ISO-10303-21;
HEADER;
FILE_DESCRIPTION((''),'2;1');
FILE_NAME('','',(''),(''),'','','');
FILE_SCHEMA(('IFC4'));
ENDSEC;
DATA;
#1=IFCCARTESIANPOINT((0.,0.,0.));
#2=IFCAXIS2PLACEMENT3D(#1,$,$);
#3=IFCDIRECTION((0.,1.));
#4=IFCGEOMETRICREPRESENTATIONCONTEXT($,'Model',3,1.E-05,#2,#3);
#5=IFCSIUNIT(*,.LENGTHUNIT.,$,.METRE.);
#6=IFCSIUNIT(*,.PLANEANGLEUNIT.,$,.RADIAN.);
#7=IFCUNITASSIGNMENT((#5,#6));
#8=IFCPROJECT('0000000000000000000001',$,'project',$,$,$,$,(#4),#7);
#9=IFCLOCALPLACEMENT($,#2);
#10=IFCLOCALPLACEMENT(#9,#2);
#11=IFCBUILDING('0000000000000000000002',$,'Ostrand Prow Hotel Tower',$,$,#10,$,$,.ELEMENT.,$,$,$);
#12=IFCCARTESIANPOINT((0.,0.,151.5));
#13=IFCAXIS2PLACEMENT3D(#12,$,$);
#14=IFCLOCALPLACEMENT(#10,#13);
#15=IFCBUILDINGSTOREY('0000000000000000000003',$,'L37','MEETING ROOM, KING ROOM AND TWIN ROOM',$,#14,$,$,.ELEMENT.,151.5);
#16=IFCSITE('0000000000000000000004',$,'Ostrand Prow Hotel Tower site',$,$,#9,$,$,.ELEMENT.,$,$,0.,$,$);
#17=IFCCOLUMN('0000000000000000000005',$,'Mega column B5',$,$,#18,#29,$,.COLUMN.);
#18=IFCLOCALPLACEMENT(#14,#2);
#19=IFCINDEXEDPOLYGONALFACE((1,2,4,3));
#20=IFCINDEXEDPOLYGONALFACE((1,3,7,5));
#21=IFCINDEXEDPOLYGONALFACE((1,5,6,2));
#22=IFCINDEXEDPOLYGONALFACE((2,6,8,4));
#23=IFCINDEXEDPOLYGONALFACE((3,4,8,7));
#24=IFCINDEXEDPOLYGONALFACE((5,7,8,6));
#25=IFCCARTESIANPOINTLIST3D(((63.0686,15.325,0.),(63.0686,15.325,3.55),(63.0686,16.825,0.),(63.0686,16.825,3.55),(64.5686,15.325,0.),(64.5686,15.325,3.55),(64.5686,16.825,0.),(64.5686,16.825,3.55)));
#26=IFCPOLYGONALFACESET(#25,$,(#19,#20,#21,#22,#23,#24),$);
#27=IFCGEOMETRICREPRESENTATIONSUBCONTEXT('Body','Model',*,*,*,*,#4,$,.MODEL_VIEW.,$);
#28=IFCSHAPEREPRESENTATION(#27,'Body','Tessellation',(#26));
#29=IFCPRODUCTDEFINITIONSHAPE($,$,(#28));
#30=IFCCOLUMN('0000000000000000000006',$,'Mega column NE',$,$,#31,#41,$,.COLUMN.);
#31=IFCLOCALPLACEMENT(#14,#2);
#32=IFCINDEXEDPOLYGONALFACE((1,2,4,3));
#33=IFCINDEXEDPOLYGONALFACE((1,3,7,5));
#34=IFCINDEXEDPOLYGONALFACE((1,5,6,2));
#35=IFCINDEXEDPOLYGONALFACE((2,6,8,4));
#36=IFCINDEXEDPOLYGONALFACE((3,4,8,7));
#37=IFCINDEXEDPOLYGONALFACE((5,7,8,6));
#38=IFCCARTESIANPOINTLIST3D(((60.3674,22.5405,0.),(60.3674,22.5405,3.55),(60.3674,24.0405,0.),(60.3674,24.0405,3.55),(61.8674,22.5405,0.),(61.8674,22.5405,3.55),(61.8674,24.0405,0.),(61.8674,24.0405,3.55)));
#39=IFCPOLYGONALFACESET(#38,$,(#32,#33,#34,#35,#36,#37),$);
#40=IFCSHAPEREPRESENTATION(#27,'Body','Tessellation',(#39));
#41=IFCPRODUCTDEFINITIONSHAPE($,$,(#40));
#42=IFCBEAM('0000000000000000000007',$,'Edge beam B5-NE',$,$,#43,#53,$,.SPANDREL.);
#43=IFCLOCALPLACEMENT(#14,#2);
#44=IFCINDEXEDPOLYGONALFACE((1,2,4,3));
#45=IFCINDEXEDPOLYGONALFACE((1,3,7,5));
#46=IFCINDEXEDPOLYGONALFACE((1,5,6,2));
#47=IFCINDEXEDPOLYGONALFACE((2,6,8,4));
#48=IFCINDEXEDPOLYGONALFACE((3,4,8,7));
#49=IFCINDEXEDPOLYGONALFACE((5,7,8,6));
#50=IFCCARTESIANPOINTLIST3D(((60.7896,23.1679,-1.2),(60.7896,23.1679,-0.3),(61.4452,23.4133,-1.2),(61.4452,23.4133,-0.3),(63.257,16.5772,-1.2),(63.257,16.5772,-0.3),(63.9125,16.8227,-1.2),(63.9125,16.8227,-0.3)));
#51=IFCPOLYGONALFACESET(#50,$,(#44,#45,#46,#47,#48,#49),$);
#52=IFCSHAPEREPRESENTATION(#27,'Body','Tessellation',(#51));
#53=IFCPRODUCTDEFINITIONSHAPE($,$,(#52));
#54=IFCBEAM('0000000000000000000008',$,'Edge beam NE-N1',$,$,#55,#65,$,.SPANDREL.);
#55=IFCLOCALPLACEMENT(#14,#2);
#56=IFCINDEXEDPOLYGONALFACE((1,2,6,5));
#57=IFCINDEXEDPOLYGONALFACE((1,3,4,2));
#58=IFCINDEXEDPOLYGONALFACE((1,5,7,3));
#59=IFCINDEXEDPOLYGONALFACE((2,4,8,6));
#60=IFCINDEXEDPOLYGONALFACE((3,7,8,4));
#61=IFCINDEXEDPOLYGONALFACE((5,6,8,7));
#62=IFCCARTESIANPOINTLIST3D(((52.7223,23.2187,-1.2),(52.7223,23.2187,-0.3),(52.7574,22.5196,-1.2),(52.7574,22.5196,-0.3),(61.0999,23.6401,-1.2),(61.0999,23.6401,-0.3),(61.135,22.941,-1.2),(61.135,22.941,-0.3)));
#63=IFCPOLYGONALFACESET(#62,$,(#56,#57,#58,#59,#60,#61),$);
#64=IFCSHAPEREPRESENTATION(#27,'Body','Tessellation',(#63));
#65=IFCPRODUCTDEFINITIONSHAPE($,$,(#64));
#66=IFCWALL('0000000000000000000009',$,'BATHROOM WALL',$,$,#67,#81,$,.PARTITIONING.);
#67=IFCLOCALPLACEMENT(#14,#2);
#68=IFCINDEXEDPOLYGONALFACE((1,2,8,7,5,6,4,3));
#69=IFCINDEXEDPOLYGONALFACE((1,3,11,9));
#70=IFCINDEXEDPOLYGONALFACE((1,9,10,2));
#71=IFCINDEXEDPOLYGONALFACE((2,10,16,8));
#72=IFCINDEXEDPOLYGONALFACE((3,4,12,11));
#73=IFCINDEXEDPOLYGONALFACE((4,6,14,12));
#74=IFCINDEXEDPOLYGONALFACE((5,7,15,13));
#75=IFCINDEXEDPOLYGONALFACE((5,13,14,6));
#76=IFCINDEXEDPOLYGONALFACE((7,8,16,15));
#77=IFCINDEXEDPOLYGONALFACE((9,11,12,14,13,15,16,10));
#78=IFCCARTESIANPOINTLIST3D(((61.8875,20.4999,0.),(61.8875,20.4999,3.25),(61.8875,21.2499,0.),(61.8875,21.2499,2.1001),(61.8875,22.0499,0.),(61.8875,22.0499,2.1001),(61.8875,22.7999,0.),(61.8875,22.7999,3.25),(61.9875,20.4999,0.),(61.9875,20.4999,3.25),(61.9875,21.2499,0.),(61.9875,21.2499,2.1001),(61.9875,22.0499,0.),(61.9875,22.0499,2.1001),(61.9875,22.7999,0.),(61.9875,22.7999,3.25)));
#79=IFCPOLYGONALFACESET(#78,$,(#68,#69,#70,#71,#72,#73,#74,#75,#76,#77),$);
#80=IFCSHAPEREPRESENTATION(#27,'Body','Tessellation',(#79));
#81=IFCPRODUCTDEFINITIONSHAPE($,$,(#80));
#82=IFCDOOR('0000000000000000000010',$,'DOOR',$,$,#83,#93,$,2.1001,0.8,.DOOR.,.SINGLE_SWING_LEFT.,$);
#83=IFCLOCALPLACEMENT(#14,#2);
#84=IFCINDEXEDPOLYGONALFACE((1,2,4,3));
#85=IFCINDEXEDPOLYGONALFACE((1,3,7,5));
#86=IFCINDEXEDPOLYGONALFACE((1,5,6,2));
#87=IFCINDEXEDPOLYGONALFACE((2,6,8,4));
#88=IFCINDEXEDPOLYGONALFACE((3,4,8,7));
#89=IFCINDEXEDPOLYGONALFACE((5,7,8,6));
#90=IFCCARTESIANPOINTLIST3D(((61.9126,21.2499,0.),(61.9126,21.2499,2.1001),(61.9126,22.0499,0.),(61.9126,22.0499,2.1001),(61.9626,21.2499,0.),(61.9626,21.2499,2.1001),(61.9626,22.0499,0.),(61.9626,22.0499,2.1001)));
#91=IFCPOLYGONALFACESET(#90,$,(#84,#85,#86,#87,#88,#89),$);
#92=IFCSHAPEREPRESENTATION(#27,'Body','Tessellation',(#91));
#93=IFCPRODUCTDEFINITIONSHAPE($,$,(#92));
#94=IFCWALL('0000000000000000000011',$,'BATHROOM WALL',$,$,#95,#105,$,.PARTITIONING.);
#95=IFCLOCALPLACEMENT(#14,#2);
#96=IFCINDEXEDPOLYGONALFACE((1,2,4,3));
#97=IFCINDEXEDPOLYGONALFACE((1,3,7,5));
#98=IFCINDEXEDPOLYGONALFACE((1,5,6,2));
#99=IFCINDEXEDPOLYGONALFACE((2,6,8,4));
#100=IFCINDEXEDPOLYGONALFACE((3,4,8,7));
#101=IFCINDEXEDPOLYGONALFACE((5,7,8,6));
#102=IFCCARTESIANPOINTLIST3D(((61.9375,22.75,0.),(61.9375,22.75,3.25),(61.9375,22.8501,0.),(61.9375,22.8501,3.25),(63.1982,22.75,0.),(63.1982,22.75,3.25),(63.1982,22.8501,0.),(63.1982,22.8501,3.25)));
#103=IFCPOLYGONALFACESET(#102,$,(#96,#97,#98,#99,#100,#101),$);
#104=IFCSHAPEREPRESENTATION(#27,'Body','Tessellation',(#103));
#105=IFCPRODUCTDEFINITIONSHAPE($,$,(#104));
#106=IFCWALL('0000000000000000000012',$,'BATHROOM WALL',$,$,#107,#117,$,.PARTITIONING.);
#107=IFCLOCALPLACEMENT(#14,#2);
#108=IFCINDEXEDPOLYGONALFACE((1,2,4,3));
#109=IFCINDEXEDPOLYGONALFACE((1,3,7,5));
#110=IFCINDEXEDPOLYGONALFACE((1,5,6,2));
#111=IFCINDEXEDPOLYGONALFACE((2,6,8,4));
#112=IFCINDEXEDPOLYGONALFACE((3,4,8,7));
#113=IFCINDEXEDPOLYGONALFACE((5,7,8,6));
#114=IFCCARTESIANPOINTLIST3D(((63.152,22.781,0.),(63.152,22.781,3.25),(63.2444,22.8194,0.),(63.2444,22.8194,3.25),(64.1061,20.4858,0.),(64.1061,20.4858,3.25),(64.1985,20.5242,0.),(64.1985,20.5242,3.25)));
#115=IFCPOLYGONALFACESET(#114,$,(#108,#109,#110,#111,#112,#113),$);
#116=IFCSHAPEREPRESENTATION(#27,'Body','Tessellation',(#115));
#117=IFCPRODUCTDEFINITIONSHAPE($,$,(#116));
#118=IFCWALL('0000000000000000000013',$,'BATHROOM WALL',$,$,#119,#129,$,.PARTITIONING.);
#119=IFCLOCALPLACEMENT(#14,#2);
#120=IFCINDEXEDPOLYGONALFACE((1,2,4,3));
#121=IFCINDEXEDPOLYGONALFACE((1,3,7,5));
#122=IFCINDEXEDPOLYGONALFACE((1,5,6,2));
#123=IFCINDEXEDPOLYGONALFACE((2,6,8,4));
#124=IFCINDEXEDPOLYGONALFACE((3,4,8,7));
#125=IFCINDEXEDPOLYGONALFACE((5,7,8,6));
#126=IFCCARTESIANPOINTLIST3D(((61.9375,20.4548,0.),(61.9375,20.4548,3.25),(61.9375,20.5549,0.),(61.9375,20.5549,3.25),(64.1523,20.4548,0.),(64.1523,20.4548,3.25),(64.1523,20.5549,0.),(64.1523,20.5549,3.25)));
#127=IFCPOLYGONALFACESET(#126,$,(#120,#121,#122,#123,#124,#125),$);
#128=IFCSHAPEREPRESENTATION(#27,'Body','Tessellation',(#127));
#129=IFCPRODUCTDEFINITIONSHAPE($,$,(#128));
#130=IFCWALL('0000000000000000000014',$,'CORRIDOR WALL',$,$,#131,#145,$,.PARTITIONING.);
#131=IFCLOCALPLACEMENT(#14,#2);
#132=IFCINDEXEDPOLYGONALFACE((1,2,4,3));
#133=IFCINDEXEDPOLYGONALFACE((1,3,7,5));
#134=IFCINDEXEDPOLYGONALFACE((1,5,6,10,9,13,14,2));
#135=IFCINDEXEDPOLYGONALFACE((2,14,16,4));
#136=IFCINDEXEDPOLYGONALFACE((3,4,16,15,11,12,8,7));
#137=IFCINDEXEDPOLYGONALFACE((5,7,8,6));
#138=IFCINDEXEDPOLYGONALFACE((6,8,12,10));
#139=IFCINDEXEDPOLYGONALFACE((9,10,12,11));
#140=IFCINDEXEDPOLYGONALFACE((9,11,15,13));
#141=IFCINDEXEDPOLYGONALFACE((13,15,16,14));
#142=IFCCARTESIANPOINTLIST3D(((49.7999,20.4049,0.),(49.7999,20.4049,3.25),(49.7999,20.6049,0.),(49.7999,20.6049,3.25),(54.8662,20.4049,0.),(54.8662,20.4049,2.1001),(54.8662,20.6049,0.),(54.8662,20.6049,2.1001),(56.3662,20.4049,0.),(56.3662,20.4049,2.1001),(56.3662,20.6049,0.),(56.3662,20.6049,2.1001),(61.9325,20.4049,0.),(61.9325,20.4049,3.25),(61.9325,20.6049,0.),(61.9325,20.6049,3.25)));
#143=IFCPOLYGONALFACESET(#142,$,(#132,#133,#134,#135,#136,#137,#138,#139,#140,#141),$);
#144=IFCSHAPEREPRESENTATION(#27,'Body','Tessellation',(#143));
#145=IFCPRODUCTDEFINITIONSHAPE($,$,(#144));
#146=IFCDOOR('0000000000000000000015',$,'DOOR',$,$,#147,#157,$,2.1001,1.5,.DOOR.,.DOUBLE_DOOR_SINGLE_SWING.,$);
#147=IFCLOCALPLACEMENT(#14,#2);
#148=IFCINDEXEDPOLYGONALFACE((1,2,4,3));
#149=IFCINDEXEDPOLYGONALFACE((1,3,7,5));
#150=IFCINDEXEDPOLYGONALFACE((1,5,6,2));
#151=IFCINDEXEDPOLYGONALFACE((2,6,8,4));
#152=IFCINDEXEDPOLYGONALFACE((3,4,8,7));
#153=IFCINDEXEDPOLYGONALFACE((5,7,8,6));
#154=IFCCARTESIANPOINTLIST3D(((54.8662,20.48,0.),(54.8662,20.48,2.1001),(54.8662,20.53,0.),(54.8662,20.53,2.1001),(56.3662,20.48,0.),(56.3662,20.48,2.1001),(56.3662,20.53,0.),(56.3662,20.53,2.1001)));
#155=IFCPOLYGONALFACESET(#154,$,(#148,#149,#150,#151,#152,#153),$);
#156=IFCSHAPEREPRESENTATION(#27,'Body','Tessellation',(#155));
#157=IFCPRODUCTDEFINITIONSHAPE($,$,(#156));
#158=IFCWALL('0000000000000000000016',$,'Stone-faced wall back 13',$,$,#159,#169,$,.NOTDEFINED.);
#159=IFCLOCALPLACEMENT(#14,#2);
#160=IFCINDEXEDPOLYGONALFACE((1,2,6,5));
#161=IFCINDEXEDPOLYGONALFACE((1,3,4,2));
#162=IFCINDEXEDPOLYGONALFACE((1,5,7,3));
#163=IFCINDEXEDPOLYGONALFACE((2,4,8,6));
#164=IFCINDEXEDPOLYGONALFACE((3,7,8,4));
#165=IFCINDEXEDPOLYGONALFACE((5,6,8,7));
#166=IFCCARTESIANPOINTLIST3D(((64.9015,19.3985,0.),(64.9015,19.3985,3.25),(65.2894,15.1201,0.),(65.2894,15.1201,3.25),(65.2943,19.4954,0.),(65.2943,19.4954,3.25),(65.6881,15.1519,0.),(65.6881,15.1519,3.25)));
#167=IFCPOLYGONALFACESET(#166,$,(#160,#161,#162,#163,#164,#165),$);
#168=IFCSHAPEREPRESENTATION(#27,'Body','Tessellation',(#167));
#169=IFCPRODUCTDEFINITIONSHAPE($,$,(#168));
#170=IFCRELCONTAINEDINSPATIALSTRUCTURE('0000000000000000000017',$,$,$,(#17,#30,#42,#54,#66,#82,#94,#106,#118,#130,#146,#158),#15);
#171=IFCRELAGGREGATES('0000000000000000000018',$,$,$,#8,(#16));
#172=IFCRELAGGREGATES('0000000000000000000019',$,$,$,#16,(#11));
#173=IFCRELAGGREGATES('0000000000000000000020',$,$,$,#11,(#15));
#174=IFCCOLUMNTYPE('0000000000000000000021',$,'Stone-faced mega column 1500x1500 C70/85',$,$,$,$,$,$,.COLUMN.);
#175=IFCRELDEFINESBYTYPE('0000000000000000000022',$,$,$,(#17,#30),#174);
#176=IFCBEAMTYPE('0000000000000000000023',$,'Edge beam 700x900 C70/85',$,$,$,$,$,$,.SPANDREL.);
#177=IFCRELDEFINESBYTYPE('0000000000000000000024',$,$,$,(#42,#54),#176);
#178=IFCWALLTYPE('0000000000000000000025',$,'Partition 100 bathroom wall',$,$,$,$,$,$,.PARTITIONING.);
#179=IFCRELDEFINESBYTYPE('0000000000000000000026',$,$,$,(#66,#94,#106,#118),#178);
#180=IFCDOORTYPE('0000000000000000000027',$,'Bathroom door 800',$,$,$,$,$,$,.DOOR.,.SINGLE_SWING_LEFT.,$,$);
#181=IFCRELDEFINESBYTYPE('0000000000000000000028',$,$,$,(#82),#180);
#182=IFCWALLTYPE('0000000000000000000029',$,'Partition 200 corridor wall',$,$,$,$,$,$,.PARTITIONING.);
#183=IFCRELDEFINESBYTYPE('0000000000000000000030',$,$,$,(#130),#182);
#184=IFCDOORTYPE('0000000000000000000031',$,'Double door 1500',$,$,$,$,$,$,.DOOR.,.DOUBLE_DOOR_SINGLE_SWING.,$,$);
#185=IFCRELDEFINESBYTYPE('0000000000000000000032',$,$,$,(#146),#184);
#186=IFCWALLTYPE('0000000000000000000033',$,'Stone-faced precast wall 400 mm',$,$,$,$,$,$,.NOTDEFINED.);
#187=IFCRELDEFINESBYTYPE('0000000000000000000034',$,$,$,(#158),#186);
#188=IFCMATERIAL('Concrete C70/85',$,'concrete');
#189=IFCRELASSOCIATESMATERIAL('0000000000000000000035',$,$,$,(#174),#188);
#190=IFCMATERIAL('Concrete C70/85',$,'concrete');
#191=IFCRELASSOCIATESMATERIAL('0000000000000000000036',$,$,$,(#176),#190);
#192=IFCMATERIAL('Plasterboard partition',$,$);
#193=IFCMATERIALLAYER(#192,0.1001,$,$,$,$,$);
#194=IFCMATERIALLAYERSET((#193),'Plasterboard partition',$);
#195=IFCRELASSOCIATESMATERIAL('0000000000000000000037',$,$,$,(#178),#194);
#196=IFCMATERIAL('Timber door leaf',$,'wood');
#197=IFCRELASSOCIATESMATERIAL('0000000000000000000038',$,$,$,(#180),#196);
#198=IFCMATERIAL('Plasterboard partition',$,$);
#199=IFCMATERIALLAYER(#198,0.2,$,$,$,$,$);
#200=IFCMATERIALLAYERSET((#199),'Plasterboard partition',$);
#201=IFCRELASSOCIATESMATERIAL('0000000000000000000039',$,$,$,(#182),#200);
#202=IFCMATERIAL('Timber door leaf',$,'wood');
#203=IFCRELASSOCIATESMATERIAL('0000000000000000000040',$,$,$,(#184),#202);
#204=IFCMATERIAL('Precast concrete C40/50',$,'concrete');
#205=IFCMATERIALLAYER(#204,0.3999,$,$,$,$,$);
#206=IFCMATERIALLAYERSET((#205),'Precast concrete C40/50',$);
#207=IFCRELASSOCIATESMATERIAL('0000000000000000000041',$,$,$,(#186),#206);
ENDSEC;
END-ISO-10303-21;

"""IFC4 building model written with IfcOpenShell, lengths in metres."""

from ifc_helpers import new_model, si_unit, direction, frame, frame_2d, origin, origin_2d, place, context, subcontext, project, spatial, polyline, rectangle, outline, extrude, material, layer, layer_set, material_profile, profile_set, type_object, element, fill, save


model = new_model("IFC4")

# Units and contexts
model_context = context("Model", 3, precision=1e-05, world=origin(), true_north=direction((0.0, 1.0)))
body_context = subcontext(model_context, "Body", "Model", "MODEL_VIEW")
ifc_project = project(units=[si_unit("LENGTHUNIT", "METRE"), si_unit("PLANEANGLEUNIT", "RADIAN")], contexts=[model_context])

# Site, building, storey
site_placement = place(None, origin())
site = spatial("IfcSite", under=ifc_project, at=site_placement, Name="Ostrand Prow Hotel Tower site", CompositionType="ELEMENT", RefElevation=0.0)
building_placement = place(site_placement, origin())
building = spatial("IfcBuilding", under=site, at=building_placement, Name="Ostrand Prow Hotel Tower", CompositionType="ELEMENT")
storey_placement = place(building_placement, frame((0.0, 0.0, 151.5)))
storey = spatial("IfcBuildingStorey", under=building, at=storey_placement, Name="L37", Description="MEETING ROOM, KING ROOM AND TWIN ROOM", CompositionType="ELEMENT", Elevation=151.5)

# Columns
ifc_material_1 = material(Name="Concrete C70/85", Category="concrete")
ifc_material_profile_1 = material_profile(ifc_material_1, rectangle(XDim=1.5, YDim=1.5, at=origin_2d()), Name="RC 1500x1500")
ifc_profile_set_1 = profile_set([ifc_material_profile_1], Name="Concrete C70/85")
column_type = type_object("IfcColumnType", Name="Stone-faced mega column 1500x1500 C70/85", PredefinedType="COLUMN", material=ifc_profile_set_1)
for number, where, z_axis, x_axis, name in (
    (1, (63.8186, 16.075, 0.0), (0.0, 0.0, 1.0), (1.0, 0.0, 0.0), "Mega column B5"),
    (2, (61.1174, 23.2905, 0.0), (0.0, 0.0, 1.0), (1.0, 0.0, 0.0), "Mega column NE"),
):
    element("IfcColumn", number, at=place(storey_placement, frame(where, z_axis=z_axis, x_axis=x_axis)), inside=storey, type_object=column_type, Name=name, PredefinedType="COLUMN", context=body_context, shape_type="SweptSolid", body=[
        extrude(rectangle(XDim=1.5, YDim=1.5, at=origin_2d()), origin(), (0.0, 0.0, 1.0), 3.55),
    ])

# Beams
ifc_material_2 = material(Name="Concrete C70/85", Category="concrete")
ifc_material_profile_2 = material_profile(ifc_material_2, rectangle(XDim=0.7, YDim=0.8999, at=origin_2d()), Name="RC 700x900")
ifc_profile_set_2 = profile_set([ifc_material_profile_2], Name="Concrete C70/85")
beam_type = type_object("IfcBeamType", Name="Edge beam 700x900 C70/85", PredefinedType="SPANDREL", material=ifc_profile_set_2)
beam_1_placement = place(storey_placement, frame((63.5847, 16.7, -0.75), z_axis=(-0.350603, 0.936524, 0.0), x_axis=(-0.936524, -0.350603, 0.0)))
element("IfcBeam", 3, at=beam_1_placement, inside=storey, type_object=beam_type, Name="Edge beam B5-NE", PredefinedType="SPANDREL", context=body_context, shape_type="SweptSolid", body=[
    extrude(rectangle(XDim=0.7, YDim=0.8999, at=origin_2d()), origin(), (0.0, 0.0, 1.0), 7.0374),
])
beam_2_placement = place(storey_placement, frame((61.1174, 23.2905, -0.75), z_axis=(-0.998737, -0.050235, 0.0), x_axis=(0.050235, -0.998737, 0.0)))
element("IfcBeam", 4, at=beam_2_placement, inside=storey, type_object=beam_type, Name="Edge beam NE-N1", PredefinedType="SPANDREL", context=body_context, shape_type="SweptSolid", body=[
    extrude(rectangle(XDim=0.7, YDim=0.8999, at=origin_2d()), origin(), (0.0, 0.0, 1.0), 8.3882),
])

# Wall, opening, door
ifc_material_3 = material(Name="Plasterboard partition")
ifc_layer_1 = layer(ifc_material_3, 0.1001)
ifc_layer_set_1 = layer_set([ifc_layer_1], Name="Plasterboard partition")
wall_type_1 = type_object("IfcWallType", Name="Partition 100 bathroom wall", PredefinedType="PARTITIONING", material=ifc_layer_set_1)
wall_1_placement = place(storey_placement, frame((61.9375, 20.5, 0.0), z_axis=(0.0, 0.0, 1.0), x_axis=(0.0, 1.0, 0.0)))
wall_1 = element("IfcWall", 5, at=wall_1_placement, inside=storey, type_object=wall_type_1, Name="BATHROOM WALL", PredefinedType="PARTITIONING", context=body_context, shape_type="SweptSolid", body=[
    extrude(rectangle(XDim=2.3, YDim=0.1001, at=frame_2d((1.1499, 0.0))), origin(), (0.0, 0.0, 1.0), 3.25),
])
opening_1_placement = place(wall_1_placement, frame((0.75, 0.0, 0.0)))
opening_1 = element("IfcOpeningElement", 6, at=opening_1_placement, cuts=wall_1, PredefinedType="OPENING", context=body_context, shape_type="SweptSolid", body=[
    extrude(rectangle(XDim=0.8, YDim=2.1001, at=frame_2d((0.3999, 1.05))), frame((0.0, 0.0601, 0.0), z_axis=(0.0, -1.0, 0.0), x_axis=(1.0, 0.0, 0.0)), (0.0, 0.0, 1.0), 0.1201),
])
ifc_material_4 = material(Name="Timber door leaf", Category="wood")
door_type_1 = type_object("IfcDoorType", Name="Bathroom door 800", OperationType="SINGLE_SWING_LEFT", PredefinedType="DOOR", material=ifc_material_4)
door_1_placement = place(opening_1_placement, origin())
door_1 = element("IfcDoor", 7, at=door_1_placement, inside=storey, type_object=door_type_1, Name="DOOR", OperationType="SINGLE_SWING_LEFT", OverallHeight=2.1001, OverallWidth=0.8, PredefinedType="DOOR", context=body_context, shape_type="SweptSolid", body=[
    extrude(rectangle(XDim=0.8, YDim=2.1001, at=frame_2d((0.3999, 1.05))), frame((0.0, 0.0249, 0.0), z_axis=(0.0, -1.0, 0.0), x_axis=(1.0, 0.0, 0.0)), (0.0, 0.0, 1.0), 0.05),
])
fill(opening_1, door_1)

# Walls
wall_2_placement = place(storey_placement, frame((61.9375, 22.8, 0.0), z_axis=(0.0, 0.0, 1.0), x_axis=(1.0, 0.0, 0.0)))
element("IfcWall", 8, at=wall_2_placement, inside=storey, type_object=wall_type_1, Name="BATHROOM WALL", PredefinedType="PARTITIONING", context=body_context, shape_type="SweptSolid", body=[
    extrude(rectangle(XDim=1.2607, YDim=0.1001, at=frame_2d((0.6304, 0.0))), origin(), (0.0, 0.0, 1.0), 3.25),
])
wall_3_placement = place(storey_placement, frame((63.1982, 22.8, 0.0), z_axis=(0.0, 0.0, 1.0), x_axis=(0.383855, -0.923393, 0.0)))
element("IfcWall", 9, at=wall_3_placement, inside=storey, type_object=wall_type_1, Name="BATHROOM WALL", PredefinedType="PARTITIONING", context=body_context, shape_type="SweptSolid", body=[
    extrude(rectangle(XDim=2.4856, YDim=0.1001, at=frame_2d((1.2427, 0.0))), origin(), (0.0, 0.0, 1.0), 3.25),
])
wall_4_placement = place(storey_placement, frame((64.1523, 20.5049, 0.0), z_axis=(0.0, 0.0, 1.0), x_axis=(-1.0, 0.0, 0.0)))
element("IfcWall", 10, at=wall_4_placement, inside=storey, type_object=wall_type_1, Name="BATHROOM WALL", PredefinedType="PARTITIONING", context=body_context, shape_type="SweptSolid", body=[
    extrude(rectangle(XDim=2.2148, YDim=0.1001, at=frame_2d((1.1074, 0.0))), origin(), (0.0, 0.0, 1.0), 3.25),
])

# Wall, opening, door
ifc_material_5 = material(Name="Plasterboard partition")
ifc_layer_2 = layer(ifc_material_5, 0.2)
ifc_layer_set_2 = layer_set([ifc_layer_2], Name="Plasterboard partition")
wall_type_2 = type_object("IfcWallType", Name="Partition 200 corridor wall", PredefinedType="PARTITIONING", material=ifc_layer_set_2)
wall_5_placement = place(storey_placement, frame((61.9326, 20.5049, 0.0), z_axis=(0.0, 0.0, 1.0), x_axis=(-1.0, 0.0, 0.0)))
wall_5 = element("IfcWall", 11, at=wall_5_placement, inside=storey, type_object=wall_type_2, Name="CORRIDOR WALL", PredefinedType="PARTITIONING", context=body_context, shape_type="SweptSolid", body=[
    extrude(rectangle(XDim=12.1326, YDim=0.2, at=frame_2d((6.0664, 0.0))), origin(), (0.0, 0.0, 1.0), 3.25),
])
opening_2_placement = place(wall_5_placement, frame((5.5664, 0.0, 0.0)))
opening_2 = element("IfcOpeningElement", 12, at=opening_2_placement, cuts=wall_5, PredefinedType="OPENING", context=body_context, shape_type="SweptSolid", body=[
    extrude(rectangle(XDim=1.5, YDim=2.1001, at=frame_2d((0.75, 1.05))), frame((0.0, 0.1099, 0.0), z_axis=(0.0, -1.0, 0.0), x_axis=(1.0, 0.0, 0.0)), (0.0, 0.0, 1.0), 0.22),
])
ifc_material_6 = material(Name="Timber door leaf", Category="wood")
door_type_2 = type_object("IfcDoorType", Name="Double door 1500", OperationType="DOUBLE_DOOR_SINGLE_SWING", PredefinedType="DOOR", material=ifc_material_6)
door_2_placement = place(opening_2_placement, origin())
door_2 = element("IfcDoor", 13, at=door_2_placement, inside=storey, type_object=door_type_2, Name="DOOR", OperationType="DOUBLE_DOOR_SINGLE_SWING", OverallHeight=2.1001, OverallWidth=1.5, PredefinedType="DOOR", context=body_context, shape_type="SweptSolid", body=[
    extrude(rectangle(XDim=1.5, YDim=2.1001, at=frame_2d((0.75, 1.05))), frame((0.0, 0.0249, 0.0), z_axis=(0.0, -1.0, 0.0), x_axis=(1.0, 0.0, 0.0)), (0.0, 0.0, 1.0), 0.05),
])
fill(opening_2, door_2)

# Wall
ifc_material_7 = material(Name="Precast concrete C40/50", Category="concrete")
ifc_layer_3 = layer(ifc_material_7, 0.3999)
ifc_layer_set_3 = layer_set([ifc_layer_3], Name="Precast concrete C40/50")
wall_type_3 = type_object("IfcWallType", Name="Stone-faced precast wall 400 mm", PredefinedType="NOTDEFINED", material=ifc_layer_set_3)
wall_6_placement = place(storey_placement, frame((65.4888, 15.136, 0.0), z_axis=(0.0, 0.0, 1.0), x_axis=(-0.090297, 0.995915, 0.0)))
element("IfcWall", 14, at=wall_6_placement, inside=storey, type_object=wall_type_3, Name="Stone-faced wall back 13", PredefinedType="NOTDEFINED", context=body_context, shape_type="SweptSolid", body=[
    extrude(outline(polyline([(-0.0022, -0.2), (4.3591, -0.2), (4.2981, 0.2), (0.0022, 0.2), (-0.0022, -0.2)])), origin(), (0.0, 0.0, 1.0), 3.25),
])

save(model, "model.ifc")
